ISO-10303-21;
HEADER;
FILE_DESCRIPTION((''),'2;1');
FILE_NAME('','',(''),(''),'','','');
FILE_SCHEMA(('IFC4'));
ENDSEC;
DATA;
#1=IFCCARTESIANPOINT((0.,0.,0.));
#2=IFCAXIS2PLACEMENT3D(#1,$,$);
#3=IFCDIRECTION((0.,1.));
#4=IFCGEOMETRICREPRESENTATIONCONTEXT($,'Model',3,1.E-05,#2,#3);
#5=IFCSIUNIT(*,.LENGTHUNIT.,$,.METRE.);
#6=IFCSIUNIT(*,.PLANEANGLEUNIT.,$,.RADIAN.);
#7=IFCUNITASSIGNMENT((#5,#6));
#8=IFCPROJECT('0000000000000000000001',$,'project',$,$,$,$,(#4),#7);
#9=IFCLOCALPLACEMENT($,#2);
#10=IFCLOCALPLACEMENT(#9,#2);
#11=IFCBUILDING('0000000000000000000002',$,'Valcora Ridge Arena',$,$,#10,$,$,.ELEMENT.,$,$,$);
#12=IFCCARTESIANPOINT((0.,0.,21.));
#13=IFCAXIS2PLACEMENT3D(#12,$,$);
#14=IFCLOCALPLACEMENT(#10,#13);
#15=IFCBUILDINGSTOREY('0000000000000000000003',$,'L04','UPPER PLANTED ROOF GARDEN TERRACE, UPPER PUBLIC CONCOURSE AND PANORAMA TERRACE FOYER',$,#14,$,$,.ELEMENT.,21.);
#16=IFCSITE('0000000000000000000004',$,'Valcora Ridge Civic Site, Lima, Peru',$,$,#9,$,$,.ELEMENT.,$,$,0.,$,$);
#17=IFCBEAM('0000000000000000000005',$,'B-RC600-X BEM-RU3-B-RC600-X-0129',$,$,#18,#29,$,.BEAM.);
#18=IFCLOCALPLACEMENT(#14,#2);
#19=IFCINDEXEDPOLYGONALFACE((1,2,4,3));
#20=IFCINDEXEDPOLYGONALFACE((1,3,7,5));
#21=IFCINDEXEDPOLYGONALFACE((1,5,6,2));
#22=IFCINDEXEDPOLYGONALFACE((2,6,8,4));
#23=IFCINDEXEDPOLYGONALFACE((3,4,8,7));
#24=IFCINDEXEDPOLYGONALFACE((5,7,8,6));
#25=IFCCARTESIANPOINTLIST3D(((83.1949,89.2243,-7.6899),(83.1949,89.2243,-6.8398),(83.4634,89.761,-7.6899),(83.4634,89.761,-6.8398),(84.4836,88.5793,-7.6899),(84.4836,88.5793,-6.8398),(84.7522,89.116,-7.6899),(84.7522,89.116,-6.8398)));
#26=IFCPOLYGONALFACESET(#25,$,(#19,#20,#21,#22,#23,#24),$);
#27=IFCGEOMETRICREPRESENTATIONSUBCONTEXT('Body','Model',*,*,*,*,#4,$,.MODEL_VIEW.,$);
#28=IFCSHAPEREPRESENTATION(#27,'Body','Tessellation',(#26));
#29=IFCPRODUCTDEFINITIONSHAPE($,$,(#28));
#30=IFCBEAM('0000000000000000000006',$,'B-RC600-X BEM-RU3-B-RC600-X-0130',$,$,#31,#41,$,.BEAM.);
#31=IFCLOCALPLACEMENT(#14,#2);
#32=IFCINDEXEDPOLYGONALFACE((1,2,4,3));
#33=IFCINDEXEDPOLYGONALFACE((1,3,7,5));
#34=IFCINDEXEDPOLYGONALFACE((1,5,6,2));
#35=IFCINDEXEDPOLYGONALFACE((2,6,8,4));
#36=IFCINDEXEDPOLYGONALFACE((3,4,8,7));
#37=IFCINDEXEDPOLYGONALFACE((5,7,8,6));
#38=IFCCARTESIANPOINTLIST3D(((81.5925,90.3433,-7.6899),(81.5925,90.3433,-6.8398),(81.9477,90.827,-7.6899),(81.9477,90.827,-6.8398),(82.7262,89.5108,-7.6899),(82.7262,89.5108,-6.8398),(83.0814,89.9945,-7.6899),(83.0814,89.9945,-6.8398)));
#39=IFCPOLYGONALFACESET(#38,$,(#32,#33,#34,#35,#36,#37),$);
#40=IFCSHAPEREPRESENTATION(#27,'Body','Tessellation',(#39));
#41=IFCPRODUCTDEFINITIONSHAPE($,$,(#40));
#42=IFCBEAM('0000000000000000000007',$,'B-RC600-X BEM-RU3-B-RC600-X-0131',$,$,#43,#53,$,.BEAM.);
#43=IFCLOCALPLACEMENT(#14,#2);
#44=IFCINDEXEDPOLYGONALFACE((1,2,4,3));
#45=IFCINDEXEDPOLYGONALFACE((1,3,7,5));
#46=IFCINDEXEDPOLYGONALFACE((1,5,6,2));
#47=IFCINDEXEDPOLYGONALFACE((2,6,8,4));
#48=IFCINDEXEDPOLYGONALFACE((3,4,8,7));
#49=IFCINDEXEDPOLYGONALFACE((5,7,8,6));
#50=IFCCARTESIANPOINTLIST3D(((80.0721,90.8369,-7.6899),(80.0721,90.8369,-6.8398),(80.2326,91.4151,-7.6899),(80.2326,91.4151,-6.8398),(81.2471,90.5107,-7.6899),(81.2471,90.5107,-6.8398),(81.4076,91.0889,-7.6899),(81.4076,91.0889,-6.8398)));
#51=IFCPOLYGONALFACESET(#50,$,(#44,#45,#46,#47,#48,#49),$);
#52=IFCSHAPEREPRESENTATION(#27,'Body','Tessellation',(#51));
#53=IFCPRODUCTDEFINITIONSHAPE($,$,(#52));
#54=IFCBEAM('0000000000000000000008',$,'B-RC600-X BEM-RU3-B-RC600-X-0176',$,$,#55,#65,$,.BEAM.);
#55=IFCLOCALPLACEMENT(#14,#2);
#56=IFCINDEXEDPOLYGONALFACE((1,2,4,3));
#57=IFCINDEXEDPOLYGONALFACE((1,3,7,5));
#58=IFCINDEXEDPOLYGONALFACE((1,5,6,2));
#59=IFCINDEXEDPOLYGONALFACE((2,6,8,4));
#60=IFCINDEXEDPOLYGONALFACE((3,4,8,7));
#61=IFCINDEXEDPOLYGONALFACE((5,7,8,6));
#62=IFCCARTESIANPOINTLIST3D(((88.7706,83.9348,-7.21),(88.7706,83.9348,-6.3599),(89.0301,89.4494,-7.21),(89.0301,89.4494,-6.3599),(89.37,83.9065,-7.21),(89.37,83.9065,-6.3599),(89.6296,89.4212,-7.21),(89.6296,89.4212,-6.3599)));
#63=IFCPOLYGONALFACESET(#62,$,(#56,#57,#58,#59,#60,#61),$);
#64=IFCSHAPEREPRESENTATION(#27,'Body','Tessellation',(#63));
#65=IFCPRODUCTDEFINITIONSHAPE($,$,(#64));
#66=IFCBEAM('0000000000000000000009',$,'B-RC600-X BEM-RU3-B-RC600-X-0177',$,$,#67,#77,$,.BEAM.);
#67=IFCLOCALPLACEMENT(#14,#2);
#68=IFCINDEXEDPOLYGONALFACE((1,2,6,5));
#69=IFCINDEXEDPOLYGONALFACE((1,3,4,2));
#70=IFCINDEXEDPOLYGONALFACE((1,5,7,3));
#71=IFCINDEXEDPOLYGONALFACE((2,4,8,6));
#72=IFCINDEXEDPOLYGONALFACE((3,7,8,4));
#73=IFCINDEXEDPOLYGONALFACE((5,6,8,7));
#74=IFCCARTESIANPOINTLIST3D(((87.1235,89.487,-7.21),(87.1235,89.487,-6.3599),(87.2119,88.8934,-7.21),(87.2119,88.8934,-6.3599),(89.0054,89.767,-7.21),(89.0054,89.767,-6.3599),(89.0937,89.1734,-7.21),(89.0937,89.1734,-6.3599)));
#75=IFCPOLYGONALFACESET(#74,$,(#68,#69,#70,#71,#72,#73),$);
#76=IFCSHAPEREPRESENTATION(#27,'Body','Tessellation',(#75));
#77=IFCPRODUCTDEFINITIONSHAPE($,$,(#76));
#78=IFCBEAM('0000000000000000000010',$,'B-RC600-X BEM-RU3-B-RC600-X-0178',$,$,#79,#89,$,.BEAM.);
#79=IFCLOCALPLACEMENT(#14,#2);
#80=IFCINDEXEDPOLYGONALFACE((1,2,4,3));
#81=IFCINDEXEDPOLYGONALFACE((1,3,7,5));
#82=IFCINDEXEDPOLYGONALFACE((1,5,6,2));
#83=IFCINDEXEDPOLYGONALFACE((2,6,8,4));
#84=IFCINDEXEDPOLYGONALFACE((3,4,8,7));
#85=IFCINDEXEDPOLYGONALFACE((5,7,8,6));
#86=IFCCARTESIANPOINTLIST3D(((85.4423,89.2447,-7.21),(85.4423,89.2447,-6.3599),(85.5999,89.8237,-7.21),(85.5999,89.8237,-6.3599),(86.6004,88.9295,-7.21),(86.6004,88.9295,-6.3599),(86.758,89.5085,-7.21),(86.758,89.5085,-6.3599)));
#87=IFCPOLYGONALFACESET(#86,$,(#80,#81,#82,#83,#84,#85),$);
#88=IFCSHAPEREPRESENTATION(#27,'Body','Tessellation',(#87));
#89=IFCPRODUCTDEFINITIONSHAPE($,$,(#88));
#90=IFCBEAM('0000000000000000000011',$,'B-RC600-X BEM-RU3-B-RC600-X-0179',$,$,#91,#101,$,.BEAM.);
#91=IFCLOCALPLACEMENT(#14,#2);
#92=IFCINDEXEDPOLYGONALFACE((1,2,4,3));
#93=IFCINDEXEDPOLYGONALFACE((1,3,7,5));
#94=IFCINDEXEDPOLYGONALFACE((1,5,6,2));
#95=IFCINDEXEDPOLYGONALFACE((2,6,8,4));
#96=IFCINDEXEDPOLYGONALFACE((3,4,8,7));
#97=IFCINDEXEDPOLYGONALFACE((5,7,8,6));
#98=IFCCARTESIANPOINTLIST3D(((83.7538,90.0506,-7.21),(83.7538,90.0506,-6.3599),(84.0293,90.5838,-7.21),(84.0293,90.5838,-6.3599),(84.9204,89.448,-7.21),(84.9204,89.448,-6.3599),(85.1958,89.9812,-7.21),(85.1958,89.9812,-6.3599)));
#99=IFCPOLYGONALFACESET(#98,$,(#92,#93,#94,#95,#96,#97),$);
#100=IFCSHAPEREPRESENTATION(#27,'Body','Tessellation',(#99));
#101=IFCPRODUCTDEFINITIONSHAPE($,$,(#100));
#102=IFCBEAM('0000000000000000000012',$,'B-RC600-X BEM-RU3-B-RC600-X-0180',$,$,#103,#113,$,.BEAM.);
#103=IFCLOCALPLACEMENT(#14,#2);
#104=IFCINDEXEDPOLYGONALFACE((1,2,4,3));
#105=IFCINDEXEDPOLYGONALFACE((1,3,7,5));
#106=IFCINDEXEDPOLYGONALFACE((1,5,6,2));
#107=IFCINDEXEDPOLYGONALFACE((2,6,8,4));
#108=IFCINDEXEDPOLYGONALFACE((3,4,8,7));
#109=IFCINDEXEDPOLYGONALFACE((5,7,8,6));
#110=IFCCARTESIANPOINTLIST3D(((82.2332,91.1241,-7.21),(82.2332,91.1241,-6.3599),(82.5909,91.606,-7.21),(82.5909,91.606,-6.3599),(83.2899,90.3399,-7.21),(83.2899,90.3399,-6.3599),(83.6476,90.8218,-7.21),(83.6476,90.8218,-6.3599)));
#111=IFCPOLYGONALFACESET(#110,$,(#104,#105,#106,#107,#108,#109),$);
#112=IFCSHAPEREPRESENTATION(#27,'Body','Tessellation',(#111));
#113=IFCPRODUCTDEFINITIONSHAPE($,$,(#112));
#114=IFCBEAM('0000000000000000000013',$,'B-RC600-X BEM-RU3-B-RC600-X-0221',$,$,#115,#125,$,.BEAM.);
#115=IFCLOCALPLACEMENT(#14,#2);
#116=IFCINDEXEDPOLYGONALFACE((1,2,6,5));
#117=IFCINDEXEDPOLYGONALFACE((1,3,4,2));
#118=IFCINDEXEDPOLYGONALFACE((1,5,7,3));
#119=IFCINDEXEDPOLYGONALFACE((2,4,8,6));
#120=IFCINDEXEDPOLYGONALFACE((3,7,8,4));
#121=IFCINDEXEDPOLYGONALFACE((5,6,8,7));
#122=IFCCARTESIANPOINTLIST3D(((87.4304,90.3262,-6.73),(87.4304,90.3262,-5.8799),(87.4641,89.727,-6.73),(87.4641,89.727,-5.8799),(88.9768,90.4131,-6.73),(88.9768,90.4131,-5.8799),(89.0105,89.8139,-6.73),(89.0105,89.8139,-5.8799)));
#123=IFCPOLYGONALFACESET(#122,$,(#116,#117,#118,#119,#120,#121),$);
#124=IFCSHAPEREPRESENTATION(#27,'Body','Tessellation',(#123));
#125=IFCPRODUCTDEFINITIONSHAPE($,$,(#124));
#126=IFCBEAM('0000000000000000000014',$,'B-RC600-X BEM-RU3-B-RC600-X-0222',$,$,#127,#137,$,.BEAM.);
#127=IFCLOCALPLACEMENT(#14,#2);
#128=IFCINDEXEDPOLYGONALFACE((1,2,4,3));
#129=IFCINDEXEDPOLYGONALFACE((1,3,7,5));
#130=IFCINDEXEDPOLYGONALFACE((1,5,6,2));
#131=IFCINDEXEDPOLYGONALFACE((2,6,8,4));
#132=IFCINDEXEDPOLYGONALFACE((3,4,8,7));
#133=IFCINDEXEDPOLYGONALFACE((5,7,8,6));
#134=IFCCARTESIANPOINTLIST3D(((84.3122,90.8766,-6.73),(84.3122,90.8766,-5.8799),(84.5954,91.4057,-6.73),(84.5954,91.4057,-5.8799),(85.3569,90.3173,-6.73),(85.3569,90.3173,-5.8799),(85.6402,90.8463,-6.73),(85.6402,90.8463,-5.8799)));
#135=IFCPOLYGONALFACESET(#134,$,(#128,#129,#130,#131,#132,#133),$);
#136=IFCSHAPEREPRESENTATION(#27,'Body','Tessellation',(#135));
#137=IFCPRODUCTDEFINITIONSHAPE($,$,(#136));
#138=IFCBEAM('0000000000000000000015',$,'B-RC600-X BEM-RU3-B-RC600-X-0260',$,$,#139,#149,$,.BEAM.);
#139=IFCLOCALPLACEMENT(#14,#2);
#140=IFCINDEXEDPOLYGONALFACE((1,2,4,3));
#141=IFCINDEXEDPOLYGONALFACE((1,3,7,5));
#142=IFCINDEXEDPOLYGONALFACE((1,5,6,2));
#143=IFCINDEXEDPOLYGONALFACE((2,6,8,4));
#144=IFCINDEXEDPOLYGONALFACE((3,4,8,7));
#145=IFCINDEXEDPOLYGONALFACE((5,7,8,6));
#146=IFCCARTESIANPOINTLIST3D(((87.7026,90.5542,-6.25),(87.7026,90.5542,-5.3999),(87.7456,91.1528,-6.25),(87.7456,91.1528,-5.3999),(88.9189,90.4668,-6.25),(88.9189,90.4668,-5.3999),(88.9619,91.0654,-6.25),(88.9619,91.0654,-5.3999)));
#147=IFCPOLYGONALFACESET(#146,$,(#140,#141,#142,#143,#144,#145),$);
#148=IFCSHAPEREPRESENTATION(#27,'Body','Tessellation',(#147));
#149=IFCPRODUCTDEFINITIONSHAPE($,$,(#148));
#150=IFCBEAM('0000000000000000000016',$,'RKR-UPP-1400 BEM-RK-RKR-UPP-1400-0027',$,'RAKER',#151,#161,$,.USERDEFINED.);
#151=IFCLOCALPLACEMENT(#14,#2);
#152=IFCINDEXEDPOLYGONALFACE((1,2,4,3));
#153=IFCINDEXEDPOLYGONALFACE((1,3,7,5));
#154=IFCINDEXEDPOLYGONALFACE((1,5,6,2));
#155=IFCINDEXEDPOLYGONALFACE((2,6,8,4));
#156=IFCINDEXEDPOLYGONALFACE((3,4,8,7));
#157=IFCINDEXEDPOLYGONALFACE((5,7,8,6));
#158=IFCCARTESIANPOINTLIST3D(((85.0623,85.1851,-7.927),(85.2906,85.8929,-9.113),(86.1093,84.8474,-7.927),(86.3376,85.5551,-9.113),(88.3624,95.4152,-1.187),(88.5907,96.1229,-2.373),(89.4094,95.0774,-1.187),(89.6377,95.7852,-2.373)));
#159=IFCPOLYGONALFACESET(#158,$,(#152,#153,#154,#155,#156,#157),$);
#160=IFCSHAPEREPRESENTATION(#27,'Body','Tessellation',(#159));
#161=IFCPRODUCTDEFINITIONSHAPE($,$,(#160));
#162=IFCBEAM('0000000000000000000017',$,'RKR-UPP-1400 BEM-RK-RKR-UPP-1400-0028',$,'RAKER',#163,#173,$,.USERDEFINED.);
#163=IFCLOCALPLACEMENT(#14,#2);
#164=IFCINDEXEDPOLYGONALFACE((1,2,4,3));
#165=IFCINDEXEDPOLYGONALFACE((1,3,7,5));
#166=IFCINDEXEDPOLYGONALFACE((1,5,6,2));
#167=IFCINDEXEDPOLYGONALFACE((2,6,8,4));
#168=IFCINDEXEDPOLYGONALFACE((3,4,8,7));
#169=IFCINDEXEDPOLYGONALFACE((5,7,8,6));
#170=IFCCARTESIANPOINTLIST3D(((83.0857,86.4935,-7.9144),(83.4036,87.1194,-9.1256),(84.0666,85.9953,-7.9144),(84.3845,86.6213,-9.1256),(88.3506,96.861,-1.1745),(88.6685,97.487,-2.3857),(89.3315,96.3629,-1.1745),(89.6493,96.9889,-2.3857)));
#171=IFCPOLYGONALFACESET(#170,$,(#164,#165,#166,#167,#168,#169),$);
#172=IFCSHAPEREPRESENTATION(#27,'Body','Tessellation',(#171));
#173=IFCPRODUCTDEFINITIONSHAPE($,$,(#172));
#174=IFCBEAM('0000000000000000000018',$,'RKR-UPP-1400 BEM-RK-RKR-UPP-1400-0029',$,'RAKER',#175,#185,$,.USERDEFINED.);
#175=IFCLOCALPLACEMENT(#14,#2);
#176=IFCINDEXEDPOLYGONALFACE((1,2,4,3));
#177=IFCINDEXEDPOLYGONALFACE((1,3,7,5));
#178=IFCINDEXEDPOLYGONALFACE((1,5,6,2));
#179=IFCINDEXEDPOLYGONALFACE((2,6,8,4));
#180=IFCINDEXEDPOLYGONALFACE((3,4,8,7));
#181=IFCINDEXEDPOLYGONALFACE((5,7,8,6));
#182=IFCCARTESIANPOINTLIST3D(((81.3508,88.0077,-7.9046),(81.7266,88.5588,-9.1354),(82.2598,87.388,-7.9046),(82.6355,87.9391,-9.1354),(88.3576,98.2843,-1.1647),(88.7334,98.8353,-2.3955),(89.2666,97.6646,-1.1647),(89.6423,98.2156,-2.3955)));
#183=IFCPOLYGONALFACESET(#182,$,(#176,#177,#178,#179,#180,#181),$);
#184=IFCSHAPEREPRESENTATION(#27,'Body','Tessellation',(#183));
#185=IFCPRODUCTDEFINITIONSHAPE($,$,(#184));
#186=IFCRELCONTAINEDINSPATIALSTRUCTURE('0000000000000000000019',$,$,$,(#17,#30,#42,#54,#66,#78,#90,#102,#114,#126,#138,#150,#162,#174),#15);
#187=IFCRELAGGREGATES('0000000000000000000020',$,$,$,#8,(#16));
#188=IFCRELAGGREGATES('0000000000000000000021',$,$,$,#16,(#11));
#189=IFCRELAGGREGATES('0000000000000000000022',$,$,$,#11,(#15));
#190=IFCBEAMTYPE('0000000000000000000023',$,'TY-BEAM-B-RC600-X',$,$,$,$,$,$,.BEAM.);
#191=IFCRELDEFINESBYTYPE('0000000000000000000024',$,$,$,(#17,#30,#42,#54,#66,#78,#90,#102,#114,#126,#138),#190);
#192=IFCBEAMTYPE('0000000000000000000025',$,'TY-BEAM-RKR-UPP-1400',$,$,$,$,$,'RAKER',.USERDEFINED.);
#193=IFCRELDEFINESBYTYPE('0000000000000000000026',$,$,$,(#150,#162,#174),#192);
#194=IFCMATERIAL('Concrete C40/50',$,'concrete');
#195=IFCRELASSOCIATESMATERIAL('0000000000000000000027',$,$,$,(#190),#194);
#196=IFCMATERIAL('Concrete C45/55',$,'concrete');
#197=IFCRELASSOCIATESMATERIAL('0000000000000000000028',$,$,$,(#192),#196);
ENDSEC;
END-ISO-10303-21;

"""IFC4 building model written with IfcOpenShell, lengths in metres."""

from ifc_helpers import new_model, si_unit, direction, frame, origin, origin_2d, place, context, subcontext, project, spatial, rectangle, extrude, material, material_profile, profile_set, type_object, element, save


model = new_model("IFC4")

# Units and contexts
model_context = context("Model", 3, precision=1e-05, world=origin(), true_north=direction((0.0, 1.0)))
body_context = subcontext(model_context, "Body", "Model", "MODEL_VIEW")
ifc_project = project(units=[si_unit("LENGTHUNIT", "METRE"), si_unit("PLANEANGLEUNIT", "RADIAN")], contexts=[model_context])

# Site, building, storey
site_placement = place(None, origin())
site = spatial("IfcSite", under=ifc_project, at=site_placement, Name="Valcora Ridge Civic Site, Lima, Peru", CompositionType="ELEMENT", RefElevation=0.0)
building_placement = place(site_placement, origin())
building = spatial("IfcBuilding", under=site, at=building_placement, Name="Valcora Ridge Arena", CompositionType="ELEMENT")
storey_placement = place(building_placement, frame((0.0, 0.0, 21.0)))
storey = spatial("IfcBuildingStorey", under=building, at=storey_placement, Name="L04", Description="UPPER PLANTED ROOF GARDEN TERRACE, UPPER PUBLIC CONCOURSE AND PANORAMA TERRACE FOYER", CompositionType="ELEMENT", Elevation=21.0)

# Beams
ifc_material_1 = material(Name="Concrete C40/50", Category="concrete")
ifc_material_profile_1 = material_profile(ifc_material_1, rectangle(XDim=0.6001, YDim=0.8501, at=origin_2d()), Name="RC 600x850")
ifc_profile_set_1 = profile_set([ifc_material_profile_1], Name="Concrete C40/50")
beam_type_1 = type_object("IfcBeamType", Name="TY-BEAM-B-RC600-X", PredefinedType="BEAM", material=ifc_profile_set_1)
beam_1_placement = place(storey_placement, frame((84.6179, 88.8477, -7.2649), z_axis=(-0.894258, 0.447552, 0.0), x_axis=(-0.447552, -0.894258, 0.0)))
element("IfcBeam", 1, at=beam_1_placement, inside=storey, type_object=beam_type_1, Name="B-RC600-X BEM-RU3-B-RC600-X-0129", PredefinedType="BEAM", context=body_context, shape_type="SweptSolid", body=[
    extrude(rectangle(XDim=0.6001, YDim=0.8501, at=origin_2d()), origin(), (0.0, 0.0, 1.0), 1.4412),
])
beam_2_placement = place(storey_placement, frame((82.9038, 89.7527, -7.2649), z_axis=(-0.806041, 0.59186, 0.0), x_axis=(-0.59186, -0.806041, 0.0)))
element("IfcBeam", 2, at=beam_2_placement, inside=storey, type_object=beam_type_1, Name="B-RC600-X BEM-RU3-B-RC600-X-0130", PredefinedType="BEAM", context=body_context, shape_type="SweptSolid", body=[
    extrude(rectangle(XDim=0.6001, YDim=0.8501, at=origin_2d()), origin(), (0.0, 0.0, 1.0), 1.4065),
])
beam_3_placement = place(storey_placement, frame((81.3274, 90.7998, -7.2649), z_axis=(-0.963567, 0.267468, 0.0), x_axis=(-0.267468, -0.963567, 0.0)))
element("IfcBeam", 3, at=beam_3_placement, inside=storey, type_object=beam_type_1, Name="B-RC600-X BEM-RU3-B-RC600-X-0131", PredefinedType="BEAM", context=body_context, shape_type="SweptSolid", body=[
    extrude(rectangle(XDim=0.6001, YDim=0.8501, at=origin_2d()), origin(), (0.0, 0.0, 1.0), 1.2195),
])
beam_4_placement = place(storey_placement, frame((89.0703, 83.9207, -6.7849), z_axis=(0.047008, 0.998894, 0.0), x_axis=(-0.998894, 0.047008, 0.0)))
element("IfcBeam", 4, at=beam_4_placement, inside=storey, type_object=beam_type_1, Name="B-RC600-X BEM-RU3-B-RC600-X-0176", PredefinedType="BEAM", context=body_context, shape_type="SweptSolid", body=[
    extrude(rectangle(XDim=0.6001, YDim=0.8501, at=origin_2d()), origin(), (0.0, 0.0, 1.0), 5.5208),
])
beam_5_placement = place(storey_placement, frame((89.0496, 89.4702, -6.7849), z_axis=(-0.989109, -0.147186, 0.0), x_axis=(0.147186, -0.989109, 0.0)))
element("IfcBeam", 5, at=beam_5_placement, inside=storey, type_object=beam_type_1, Name="B-RC600-X BEM-RU3-B-RC600-X-0177", PredefinedType="BEAM", context=body_context, shape_type="SweptSolid", body=[
    extrude(rectangle(XDim=0.6001, YDim=0.8501, at=origin_2d()), origin(), (0.0, 0.0, 1.0), 1.9026),
])
beam_6_placement = place(storey_placement, frame((86.6792, 89.219, -6.7849), z_axis=(-0.964895, 0.262635, 0.0), x_axis=(-0.262635, -0.964895, 0.0)))
element("IfcBeam", 6, at=beam_6_placement, inside=storey, type_object=beam_type_1, Name="B-RC600-X BEM-RU3-B-RC600-X-0178", PredefinedType="BEAM", context=body_context, shape_type="SweptSolid", body=[
    extrude(rectangle(XDim=0.6001, YDim=0.8501, at=origin_2d()), origin(), (0.0, 0.0, 1.0), 1.2002),
])
beam_7_placement = place(storey_placement, frame((85.0581, 89.7146, -6.7849), z_axis=(-0.888474, 0.458927, 0.0), x_axis=(-0.458927, -0.888474, 0.0)))
element("IfcBeam", 7, at=beam_7_placement, inside=storey, type_object=beam_type_1, Name="B-RC600-X BEM-RU3-B-RC600-X-0179", PredefinedType="BEAM", context=body_context, shape_type="SweptSolid", body=[
    extrude(rectangle(XDim=0.6001, YDim=0.8501, at=origin_2d()), origin(), (0.0, 0.0, 1.0), 1.313),
])
beam_8_placement = place(storey_placement, frame((83.4688, 90.5808, -6.7849), z_axis=(-0.803018, 0.595955, 0.0), x_axis=(-0.595955, -0.803018, 0.0)))
element("IfcBeam", 8, at=beam_8_placement, inside=storey, type_object=beam_type_1, Name="B-RC600-X BEM-RU3-B-RC600-X-0180", PredefinedType="BEAM", context=body_context, shape_type="SweptSolid", body=[
    extrude(rectangle(XDim=0.6001, YDim=0.8501, at=origin_2d()), origin(), (0.0, 0.0, 1.0), 1.3159),
])
beam_9_placement = place(storey_placement, frame((88.9937, 90.1135, -6.3049), z_axis=(-0.998424, -0.056116, 0.0), x_axis=(0.056116, -0.998424, 0.0)))
element("IfcBeam", 9, at=beam_9_placement, inside=storey, type_object=beam_type_1, Name="B-RC600-X BEM-RU3-B-RC600-X-0221", PredefinedType="BEAM", context=body_context, shape_type="SweptSolid", body=[
    extrude(rectangle(XDim=0.6001, YDim=0.8501, at=origin_2d()), origin(), (0.0, 0.0, 1.0), 1.5488),
])
beam_10_placement = place(storey_placement, frame((85.4985, 90.5818, -6.3049), z_axis=(-0.881593, 0.47201, 0.0), x_axis=(-0.47201, -0.881593, 0.0)))
element("IfcBeam", 10, at=beam_10_placement, inside=storey, type_object=beam_type_1, Name="B-RC600-X BEM-RU3-B-RC600-X-0222", PredefinedType="BEAM", context=body_context, shape_type="SweptSolid", body=[
    extrude(rectangle(XDim=0.6001, YDim=0.8501, at=origin_2d()), origin(), (0.0, 0.0, 1.0), 1.1851),
])
beam_11_placement = place(storey_placement, frame((88.9404, 90.7661, -5.825), z_axis=(-0.997428, 0.071674, 0.0), x_axis=(-0.071674, -0.997428, 0.0)))
element("IfcBeam", 11, at=beam_11_placement, inside=storey, type_object=beam_type_1, Name="B-RC600-X BEM-RU3-B-RC600-X-0260", PredefinedType="BEAM", context=body_context, shape_type="SweptSolid", body=[
    extrude(rectangle(XDim=0.6001, YDim=0.8501, at=origin_2d()), origin(), (0.0, 0.0, 1.0), 1.2195),
])
ifc_material_2 = material(Name="Concrete C45/55", Category="concrete")
ifc_material_profile_2 = material_profile(ifc_material_2, rectangle(XDim=1.1001, YDim=1.3999, at=origin_2d()), Name="RC 1100x1400")
ifc_profile_set_2 = profile_set([ifc_material_profile_2], Name="Concrete C45/55")
beam_type_2 = type_object("IfcBeamType", Name="TY-BEAM-RKR-UPP-1400", ElementType="RAKER", PredefinedType="USERDEFINED", material=ifc_profile_set_2)
beam_12_placement = place(storey_placement, frame((85.7, 85.3701, -8.52), z_axis=(0.260104, 0.80631, 0.531235), x_axis=(-0.951707, 0.307007, 0.0)))
element("IfcBeam", 12, at=beam_12_placement, inside=storey, type_object=beam_type_2, Name="RKR-UPP-1400 BEM-RK-RKR-UPP-1400-0027", ObjectType="RAKER", PredefinedType="USERDEFINED", context=body_context, shape_type="SweptSolid", body=[
    extrude(rectangle(XDim=1.1001, YDim=1.3999, at=origin_2d()), origin(), (0.0, 0.0, 1.0), 12.6875),
])
beam_13_placement = place(storey_placement, frame((83.7351, 86.5574, -8.52), z_axis=(0.391731, 0.771401, 0.501485), x_axis=(-0.891622, 0.452781, 0.0)))
element("IfcBeam", 13, at=beam_13_placement, inside=storey, type_object=beam_type_2, Name="RKR-UPP-1400 BEM-RK-RKR-UPP-1400-0028", ObjectType="RAKER", PredefinedType="USERDEFINED", context=body_context, shape_type="SweptSolid", body=[
    extrude(rectangle(XDim=1.1001, YDim=1.3999, at=origin_2d()), origin(), (0.0, 0.0, 1.0), 13.4399),
])
beam_14_placement = place(storey_placement, frame((81.9932, 87.9734, -8.52), z_axis=(0.495295, 0.726427, 0.476432), x_axis=(-0.826225, 0.56334, 0.0)))
element("IfcBeam", 14, at=beam_14_placement, inside=storey, type_object=beam_type_2, Name="RKR-UPP-1400 BEM-RK-RKR-UPP-1400-0029", ObjectType="RAKER", PredefinedType="USERDEFINED", context=body_context, shape_type="SweptSolid", body=[
    extrude(rectangle(XDim=1.1001, YDim=1.3999, at=origin_2d()), origin(), (0.0, 0.0, 1.0), 14.1467),
])

save(model, "model.ifc")
